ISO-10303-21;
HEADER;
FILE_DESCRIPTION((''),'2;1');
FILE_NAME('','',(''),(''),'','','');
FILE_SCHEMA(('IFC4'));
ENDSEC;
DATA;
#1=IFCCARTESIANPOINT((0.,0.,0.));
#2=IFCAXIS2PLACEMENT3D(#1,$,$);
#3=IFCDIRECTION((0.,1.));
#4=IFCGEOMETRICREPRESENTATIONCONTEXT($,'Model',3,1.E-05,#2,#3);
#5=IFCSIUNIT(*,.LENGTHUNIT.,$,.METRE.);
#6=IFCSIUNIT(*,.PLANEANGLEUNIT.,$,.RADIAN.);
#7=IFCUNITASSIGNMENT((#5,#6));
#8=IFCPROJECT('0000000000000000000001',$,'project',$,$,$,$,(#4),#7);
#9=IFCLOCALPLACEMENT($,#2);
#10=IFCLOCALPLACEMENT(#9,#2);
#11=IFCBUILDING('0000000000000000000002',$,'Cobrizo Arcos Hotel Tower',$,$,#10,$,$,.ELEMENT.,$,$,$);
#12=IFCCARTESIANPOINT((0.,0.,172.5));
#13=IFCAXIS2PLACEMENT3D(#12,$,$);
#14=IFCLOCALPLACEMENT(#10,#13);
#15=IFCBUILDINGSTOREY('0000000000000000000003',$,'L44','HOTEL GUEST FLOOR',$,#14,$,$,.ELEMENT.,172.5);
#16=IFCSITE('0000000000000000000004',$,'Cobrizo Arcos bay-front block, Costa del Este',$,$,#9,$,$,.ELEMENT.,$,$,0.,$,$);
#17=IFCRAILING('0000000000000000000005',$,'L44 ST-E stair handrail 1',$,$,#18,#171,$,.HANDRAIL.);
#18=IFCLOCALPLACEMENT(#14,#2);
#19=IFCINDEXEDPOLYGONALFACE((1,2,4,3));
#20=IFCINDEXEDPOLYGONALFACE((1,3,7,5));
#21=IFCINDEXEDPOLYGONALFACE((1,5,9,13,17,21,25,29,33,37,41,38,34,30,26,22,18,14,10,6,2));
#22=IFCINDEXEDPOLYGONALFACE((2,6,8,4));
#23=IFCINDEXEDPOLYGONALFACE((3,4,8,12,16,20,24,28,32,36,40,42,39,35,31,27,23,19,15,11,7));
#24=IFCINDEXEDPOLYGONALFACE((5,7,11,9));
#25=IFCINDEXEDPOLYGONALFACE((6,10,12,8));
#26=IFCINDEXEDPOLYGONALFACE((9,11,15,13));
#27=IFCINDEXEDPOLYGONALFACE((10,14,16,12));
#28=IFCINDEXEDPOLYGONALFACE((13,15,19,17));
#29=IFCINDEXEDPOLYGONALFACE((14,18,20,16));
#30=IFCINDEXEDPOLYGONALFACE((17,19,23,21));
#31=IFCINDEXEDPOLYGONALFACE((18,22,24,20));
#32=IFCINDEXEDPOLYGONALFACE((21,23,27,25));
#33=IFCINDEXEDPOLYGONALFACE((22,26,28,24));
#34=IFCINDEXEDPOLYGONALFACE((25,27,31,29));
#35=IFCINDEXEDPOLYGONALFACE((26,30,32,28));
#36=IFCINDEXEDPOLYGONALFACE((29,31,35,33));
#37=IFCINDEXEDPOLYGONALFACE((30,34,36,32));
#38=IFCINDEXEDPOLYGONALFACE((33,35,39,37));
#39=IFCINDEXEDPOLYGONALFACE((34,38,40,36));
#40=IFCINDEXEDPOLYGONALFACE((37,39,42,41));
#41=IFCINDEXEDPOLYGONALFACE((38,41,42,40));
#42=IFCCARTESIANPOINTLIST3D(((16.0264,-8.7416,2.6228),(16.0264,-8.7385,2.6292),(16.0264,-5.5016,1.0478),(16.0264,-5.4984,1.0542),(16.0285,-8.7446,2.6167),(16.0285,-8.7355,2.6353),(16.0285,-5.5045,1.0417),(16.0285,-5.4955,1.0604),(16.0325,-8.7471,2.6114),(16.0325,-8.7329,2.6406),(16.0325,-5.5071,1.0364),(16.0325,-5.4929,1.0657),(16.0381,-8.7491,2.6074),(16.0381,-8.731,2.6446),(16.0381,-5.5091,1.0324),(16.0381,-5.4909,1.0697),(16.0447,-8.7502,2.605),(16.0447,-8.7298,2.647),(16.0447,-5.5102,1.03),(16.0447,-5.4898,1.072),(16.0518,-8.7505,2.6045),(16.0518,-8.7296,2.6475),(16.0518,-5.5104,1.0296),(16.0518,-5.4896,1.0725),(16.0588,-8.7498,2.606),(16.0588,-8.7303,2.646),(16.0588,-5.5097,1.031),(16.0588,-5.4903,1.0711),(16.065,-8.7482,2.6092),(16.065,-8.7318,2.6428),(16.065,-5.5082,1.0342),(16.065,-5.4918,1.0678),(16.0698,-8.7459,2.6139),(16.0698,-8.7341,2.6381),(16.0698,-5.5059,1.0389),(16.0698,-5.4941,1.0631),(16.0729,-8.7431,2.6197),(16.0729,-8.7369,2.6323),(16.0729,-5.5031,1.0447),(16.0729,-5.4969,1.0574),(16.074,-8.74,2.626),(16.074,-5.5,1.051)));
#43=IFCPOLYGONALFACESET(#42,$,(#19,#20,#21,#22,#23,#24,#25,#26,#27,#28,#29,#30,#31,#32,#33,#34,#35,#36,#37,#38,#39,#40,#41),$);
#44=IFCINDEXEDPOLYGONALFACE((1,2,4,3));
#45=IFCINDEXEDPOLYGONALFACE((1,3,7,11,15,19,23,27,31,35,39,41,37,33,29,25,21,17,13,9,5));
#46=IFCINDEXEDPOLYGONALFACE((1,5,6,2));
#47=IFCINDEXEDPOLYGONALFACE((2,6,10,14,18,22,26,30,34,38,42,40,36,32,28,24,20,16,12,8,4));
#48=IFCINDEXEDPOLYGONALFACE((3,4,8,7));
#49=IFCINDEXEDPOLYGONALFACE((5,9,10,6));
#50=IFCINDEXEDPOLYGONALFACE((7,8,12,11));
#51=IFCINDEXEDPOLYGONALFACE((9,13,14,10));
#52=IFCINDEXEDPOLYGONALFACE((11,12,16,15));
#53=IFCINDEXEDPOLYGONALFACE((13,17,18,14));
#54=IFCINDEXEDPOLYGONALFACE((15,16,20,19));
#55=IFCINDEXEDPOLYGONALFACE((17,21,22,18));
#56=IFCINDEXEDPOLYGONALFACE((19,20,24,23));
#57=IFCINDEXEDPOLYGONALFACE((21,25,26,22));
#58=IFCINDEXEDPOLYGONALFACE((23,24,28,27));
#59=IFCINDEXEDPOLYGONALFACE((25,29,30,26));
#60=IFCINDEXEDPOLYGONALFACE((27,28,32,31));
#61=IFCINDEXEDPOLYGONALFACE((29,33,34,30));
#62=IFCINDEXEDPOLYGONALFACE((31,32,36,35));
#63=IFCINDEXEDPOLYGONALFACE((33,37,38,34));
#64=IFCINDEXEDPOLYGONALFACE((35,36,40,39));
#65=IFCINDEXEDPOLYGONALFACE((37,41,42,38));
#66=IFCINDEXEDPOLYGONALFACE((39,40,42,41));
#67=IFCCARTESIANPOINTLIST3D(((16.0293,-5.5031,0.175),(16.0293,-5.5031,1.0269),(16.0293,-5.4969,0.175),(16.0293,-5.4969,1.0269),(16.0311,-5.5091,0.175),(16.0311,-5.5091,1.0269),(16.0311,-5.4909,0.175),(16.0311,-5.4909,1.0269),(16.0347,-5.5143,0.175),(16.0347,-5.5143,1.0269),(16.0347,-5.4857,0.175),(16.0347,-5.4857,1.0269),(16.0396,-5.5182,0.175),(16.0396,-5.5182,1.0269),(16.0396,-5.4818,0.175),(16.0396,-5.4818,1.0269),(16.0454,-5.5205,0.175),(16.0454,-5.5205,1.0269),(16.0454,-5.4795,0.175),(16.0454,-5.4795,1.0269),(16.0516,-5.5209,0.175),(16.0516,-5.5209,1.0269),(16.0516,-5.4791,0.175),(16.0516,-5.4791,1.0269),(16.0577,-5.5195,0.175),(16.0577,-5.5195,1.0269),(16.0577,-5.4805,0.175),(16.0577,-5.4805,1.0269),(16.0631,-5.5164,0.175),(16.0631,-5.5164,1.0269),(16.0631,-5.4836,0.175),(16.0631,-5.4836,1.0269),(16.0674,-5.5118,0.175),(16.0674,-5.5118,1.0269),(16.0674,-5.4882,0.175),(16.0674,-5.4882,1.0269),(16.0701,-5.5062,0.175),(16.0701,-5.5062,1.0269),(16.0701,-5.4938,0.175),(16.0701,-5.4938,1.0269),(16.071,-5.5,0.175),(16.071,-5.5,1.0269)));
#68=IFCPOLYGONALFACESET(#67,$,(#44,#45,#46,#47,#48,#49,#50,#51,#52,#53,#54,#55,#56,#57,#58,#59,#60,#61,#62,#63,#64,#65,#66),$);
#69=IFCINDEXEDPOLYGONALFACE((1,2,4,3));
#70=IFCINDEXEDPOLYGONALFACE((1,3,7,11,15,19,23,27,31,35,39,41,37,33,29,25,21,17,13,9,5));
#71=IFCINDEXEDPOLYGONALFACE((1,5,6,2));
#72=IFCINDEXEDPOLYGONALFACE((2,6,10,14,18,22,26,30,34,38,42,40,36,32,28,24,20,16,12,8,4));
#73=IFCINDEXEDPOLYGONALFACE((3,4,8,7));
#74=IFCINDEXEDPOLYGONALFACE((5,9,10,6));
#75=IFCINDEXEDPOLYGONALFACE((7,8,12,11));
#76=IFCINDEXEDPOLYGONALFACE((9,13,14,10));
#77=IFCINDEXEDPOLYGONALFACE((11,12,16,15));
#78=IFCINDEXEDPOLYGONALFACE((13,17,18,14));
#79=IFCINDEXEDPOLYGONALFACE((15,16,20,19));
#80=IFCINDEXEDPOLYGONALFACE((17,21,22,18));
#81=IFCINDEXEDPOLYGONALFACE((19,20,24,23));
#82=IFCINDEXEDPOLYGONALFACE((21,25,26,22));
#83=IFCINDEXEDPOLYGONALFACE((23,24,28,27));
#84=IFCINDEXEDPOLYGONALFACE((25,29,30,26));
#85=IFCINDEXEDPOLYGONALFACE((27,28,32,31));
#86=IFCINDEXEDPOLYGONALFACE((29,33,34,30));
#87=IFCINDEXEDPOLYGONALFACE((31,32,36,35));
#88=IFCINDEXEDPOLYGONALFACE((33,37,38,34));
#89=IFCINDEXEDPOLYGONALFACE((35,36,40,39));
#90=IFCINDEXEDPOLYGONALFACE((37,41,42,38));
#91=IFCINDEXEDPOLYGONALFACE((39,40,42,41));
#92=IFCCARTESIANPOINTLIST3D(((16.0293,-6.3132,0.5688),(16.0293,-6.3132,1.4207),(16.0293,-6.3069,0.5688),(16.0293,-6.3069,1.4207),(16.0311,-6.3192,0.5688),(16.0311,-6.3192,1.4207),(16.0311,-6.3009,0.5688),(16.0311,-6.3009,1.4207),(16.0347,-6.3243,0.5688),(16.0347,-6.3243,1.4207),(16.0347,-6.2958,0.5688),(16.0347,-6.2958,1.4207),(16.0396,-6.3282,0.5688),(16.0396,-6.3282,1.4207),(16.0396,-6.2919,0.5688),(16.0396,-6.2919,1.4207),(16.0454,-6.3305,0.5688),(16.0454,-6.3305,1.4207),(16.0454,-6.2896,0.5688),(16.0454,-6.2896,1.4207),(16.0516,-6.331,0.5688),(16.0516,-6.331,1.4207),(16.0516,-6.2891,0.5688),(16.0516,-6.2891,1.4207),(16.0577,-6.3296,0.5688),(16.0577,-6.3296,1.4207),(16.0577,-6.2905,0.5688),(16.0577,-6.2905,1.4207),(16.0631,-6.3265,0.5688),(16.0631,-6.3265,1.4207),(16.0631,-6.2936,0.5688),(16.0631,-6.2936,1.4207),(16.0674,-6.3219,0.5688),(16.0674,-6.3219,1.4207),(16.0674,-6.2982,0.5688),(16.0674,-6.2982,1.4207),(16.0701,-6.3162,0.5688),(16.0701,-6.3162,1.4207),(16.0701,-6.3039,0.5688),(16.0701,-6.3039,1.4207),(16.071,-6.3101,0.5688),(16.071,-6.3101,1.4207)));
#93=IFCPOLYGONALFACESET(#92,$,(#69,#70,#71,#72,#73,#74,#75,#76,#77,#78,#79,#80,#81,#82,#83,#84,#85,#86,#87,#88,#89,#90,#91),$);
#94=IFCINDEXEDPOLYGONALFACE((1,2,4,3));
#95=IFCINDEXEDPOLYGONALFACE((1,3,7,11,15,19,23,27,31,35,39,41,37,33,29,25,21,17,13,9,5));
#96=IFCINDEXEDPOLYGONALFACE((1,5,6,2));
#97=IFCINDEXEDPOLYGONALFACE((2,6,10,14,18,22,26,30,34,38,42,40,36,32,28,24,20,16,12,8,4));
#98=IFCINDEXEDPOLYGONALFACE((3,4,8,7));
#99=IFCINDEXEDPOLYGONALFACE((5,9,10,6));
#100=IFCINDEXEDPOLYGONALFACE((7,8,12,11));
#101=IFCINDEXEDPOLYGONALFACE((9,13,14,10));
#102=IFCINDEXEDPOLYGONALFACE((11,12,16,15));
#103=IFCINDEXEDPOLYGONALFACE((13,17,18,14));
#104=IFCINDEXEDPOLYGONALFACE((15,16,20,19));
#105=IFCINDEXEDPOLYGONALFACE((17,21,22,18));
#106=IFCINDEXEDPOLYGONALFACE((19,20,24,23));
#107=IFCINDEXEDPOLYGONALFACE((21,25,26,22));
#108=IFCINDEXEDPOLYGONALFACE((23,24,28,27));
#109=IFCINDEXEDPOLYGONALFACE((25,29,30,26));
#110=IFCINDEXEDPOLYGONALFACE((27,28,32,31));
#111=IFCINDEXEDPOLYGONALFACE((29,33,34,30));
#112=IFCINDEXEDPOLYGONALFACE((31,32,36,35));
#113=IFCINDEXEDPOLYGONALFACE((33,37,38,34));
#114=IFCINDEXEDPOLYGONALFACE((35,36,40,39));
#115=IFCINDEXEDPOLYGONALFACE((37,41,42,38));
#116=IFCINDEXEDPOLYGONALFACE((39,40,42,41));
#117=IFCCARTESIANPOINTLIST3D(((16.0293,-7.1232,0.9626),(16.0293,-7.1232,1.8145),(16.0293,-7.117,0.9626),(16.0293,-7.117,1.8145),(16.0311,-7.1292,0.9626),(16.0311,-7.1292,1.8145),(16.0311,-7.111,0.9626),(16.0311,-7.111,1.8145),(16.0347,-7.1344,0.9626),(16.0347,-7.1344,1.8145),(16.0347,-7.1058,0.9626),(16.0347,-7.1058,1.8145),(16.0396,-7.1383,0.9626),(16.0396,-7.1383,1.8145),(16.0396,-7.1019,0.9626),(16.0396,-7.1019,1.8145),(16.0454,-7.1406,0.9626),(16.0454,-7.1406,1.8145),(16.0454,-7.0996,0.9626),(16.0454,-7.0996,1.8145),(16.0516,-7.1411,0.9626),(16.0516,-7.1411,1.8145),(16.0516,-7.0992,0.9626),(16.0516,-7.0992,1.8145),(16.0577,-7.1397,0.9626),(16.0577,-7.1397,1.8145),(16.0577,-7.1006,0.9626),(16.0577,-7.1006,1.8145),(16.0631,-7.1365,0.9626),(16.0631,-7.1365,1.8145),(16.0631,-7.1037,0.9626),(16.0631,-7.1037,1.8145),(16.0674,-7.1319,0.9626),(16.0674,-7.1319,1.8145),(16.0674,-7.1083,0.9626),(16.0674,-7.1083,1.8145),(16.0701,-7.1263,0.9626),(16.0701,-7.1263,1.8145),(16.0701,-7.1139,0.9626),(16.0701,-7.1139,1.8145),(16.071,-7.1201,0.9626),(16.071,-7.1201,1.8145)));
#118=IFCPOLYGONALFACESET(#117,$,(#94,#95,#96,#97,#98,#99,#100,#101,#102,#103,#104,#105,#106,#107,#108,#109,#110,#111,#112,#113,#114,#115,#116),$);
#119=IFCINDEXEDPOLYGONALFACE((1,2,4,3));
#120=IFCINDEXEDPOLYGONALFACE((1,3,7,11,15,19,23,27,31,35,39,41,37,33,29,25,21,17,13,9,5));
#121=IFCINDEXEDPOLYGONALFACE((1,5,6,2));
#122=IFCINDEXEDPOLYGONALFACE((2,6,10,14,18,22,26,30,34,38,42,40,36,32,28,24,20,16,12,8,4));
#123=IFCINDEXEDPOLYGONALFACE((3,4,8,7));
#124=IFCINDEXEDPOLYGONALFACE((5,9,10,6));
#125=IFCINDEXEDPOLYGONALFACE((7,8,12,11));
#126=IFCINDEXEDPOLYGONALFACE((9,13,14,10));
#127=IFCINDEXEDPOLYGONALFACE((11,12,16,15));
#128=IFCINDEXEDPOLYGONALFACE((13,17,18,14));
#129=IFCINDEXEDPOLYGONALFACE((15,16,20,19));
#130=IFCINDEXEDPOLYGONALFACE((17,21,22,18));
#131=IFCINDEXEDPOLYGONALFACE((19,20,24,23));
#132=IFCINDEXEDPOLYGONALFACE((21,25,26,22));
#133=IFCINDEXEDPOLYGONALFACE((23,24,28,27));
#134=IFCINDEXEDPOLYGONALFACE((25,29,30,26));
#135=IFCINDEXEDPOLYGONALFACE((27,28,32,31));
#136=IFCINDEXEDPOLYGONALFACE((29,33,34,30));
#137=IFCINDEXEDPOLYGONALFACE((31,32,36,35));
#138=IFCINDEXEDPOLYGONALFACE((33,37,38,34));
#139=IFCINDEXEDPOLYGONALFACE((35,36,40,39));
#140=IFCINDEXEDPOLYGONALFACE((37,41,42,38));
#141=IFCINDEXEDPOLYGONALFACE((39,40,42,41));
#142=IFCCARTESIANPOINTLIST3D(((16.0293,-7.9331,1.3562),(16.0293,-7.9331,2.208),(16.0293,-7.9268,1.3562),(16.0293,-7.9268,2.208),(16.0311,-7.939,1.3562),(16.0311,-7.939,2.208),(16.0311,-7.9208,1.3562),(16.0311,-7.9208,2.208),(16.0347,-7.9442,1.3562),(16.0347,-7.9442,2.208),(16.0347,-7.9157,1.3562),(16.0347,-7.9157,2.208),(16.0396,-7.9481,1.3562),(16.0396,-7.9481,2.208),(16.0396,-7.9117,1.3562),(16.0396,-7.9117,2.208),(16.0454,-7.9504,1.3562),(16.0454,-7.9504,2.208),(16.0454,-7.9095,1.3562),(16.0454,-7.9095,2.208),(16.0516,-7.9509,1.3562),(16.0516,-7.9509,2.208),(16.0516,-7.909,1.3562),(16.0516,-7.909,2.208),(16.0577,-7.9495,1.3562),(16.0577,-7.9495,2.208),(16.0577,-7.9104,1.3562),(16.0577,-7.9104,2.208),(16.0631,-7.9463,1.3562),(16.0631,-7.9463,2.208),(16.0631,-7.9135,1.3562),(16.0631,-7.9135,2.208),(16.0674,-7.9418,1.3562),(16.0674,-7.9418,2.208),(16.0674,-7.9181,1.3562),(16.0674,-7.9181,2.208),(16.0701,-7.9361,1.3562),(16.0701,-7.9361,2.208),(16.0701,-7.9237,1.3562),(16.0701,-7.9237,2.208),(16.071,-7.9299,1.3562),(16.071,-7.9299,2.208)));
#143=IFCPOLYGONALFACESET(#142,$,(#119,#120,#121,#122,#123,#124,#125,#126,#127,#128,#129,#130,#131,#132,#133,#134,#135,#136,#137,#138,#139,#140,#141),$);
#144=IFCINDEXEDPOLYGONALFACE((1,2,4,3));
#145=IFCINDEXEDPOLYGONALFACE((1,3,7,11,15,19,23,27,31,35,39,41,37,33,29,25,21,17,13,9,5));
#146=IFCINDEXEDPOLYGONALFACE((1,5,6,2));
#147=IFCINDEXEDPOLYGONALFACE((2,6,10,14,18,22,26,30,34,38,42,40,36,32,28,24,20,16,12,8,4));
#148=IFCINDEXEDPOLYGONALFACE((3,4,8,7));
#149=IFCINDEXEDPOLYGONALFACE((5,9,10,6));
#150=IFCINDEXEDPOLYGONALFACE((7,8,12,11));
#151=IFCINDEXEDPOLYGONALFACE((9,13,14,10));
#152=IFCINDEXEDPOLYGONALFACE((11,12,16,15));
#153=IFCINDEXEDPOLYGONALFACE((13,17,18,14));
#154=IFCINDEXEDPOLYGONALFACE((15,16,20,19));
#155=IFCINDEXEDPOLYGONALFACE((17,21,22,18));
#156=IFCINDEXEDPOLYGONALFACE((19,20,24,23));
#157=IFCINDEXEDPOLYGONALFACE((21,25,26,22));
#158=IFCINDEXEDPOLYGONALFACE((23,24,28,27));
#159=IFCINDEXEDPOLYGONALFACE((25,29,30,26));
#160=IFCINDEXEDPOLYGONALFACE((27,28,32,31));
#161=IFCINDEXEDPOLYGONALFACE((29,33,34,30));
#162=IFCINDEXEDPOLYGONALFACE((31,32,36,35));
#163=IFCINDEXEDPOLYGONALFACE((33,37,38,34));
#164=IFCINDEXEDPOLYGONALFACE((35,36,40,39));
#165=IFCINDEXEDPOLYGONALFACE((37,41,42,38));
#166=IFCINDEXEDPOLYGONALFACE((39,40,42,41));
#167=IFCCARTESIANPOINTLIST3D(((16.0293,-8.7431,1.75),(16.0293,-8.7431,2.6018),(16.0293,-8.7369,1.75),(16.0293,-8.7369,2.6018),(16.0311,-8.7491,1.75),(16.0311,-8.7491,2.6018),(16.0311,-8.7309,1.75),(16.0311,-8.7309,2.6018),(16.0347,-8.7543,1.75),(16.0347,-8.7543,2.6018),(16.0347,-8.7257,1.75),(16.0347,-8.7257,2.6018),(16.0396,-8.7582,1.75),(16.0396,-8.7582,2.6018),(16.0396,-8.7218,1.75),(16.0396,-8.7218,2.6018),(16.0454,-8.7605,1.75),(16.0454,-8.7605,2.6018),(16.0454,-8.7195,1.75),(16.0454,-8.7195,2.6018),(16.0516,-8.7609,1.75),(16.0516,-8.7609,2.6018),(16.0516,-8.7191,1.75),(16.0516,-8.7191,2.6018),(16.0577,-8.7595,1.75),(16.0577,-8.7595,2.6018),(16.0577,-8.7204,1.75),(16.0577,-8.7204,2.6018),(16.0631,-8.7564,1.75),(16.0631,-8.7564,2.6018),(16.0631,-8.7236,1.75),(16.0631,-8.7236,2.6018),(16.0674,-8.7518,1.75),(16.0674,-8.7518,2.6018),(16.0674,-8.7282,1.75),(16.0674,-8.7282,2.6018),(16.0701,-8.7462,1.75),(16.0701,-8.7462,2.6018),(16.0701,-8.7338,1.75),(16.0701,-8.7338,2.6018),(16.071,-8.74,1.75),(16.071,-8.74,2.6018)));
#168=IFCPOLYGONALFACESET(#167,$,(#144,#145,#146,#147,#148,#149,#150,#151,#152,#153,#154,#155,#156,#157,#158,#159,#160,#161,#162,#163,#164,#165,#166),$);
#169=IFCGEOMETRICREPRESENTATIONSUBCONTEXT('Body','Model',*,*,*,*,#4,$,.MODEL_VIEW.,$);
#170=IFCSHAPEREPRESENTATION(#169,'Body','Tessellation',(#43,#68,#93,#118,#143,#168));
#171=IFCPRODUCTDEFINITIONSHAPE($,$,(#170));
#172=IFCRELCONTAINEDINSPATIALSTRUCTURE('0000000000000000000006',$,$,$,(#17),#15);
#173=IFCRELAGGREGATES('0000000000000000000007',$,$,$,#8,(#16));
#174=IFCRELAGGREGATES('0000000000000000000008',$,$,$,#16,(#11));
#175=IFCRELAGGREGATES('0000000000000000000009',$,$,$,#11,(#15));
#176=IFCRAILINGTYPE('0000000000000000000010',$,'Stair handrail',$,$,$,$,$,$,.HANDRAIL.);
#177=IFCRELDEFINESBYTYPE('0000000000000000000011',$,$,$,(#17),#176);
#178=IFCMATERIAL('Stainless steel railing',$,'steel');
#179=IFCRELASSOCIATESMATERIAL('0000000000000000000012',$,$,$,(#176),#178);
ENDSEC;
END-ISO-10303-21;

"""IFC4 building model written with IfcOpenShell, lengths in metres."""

from ifc_helpers import new_model, si_unit, direction, frame, origin, origin_2d, place, context, subcontext, project, spatial, circle, extrude, material, type_object, element, save


model = new_model("IFC4")

# Units and contexts
model_context = context("Model", 3, precision=1e-05, world=origin(), true_north=direction((0.0, 1.0)))
body_context = subcontext(model_context, "Body", "Model", "MODEL_VIEW")
ifc_project = project(units=[si_unit("LENGTHUNIT", "METRE"), si_unit("PLANEANGLEUNIT", "RADIAN")], contexts=[model_context])

# Site, building, storey
site_placement = place(None, origin())
site = spatial("IfcSite", under=ifc_project, at=site_placement, Name="Cobrizo Arcos bay-front block, Costa del Este", CompositionType="ELEMENT", RefElevation=0.0)
building_placement = place(site_placement, origin())
building = spatial("IfcBuilding", under=site, at=building_placement, Name="Cobrizo Arcos Hotel Tower", CompositionType="ELEMENT")
storey_placement = place(building_placement, frame((0.0, 0.0, 172.5)))
storey = spatial("IfcBuildingStorey", under=building, at=storey_placement, Name="L44", Description="HOTEL GUEST FLOOR", CompositionType="ELEMENT", Elevation=172.5)

# Railing
ifc_material_1 = material(Name="Stainless steel railing", Category="steel")
railing_type_1 = type_object("IfcRailingType", Name="Stair handrail", PredefinedType="HANDRAIL", material=ifc_material_1)
railing_1_placement = place(storey_placement, frame((16.05, -5.5, 0.175)))
element("IfcRailing", 1, at=railing_1_placement, inside=storey, type_object=railing_type_1, Name="L44 ST-E stair handrail 1", PredefinedType="HANDRAIL", context=body_context, shape_type="SweptSolid", body=[
    extrude(circle(Radius=0.0239, at=origin_2d()), frame((0.0, 0.0, 0.876), z_axis=(0.0, -0.899373, 0.437183), x_axis=(1.0, 0.0, 0.0)), (0.0, 0.0, 1.0), 3.6025),
    extrude(circle(Radius=0.021, at=origin_2d()), origin(), (0.0, 0.0, 1.0), 0.8518),
    extrude(circle(Radius=0.021, at=origin_2d()), frame((0.0, -0.8101, 0.3938)), (0.0, 0.0, 1.0), 0.8518),
    extrude(circle(Radius=0.021, at=origin_2d()), frame((0.0, -1.6201, 0.7876)), (0.0, 0.0, 1.0), 0.8518),
    extrude(circle(Radius=0.021, at=origin_2d()), frame((0.0, -2.4299, 1.1812)), (0.0, 0.0, 1.0), 0.8518),
    extrude(circle(Radius=0.021, at=origin_2d()), frame((0.0, -3.24, 1.575)), (0.0, 0.0, 1.0), 0.8518),
])

save(model, "model.ifc")
